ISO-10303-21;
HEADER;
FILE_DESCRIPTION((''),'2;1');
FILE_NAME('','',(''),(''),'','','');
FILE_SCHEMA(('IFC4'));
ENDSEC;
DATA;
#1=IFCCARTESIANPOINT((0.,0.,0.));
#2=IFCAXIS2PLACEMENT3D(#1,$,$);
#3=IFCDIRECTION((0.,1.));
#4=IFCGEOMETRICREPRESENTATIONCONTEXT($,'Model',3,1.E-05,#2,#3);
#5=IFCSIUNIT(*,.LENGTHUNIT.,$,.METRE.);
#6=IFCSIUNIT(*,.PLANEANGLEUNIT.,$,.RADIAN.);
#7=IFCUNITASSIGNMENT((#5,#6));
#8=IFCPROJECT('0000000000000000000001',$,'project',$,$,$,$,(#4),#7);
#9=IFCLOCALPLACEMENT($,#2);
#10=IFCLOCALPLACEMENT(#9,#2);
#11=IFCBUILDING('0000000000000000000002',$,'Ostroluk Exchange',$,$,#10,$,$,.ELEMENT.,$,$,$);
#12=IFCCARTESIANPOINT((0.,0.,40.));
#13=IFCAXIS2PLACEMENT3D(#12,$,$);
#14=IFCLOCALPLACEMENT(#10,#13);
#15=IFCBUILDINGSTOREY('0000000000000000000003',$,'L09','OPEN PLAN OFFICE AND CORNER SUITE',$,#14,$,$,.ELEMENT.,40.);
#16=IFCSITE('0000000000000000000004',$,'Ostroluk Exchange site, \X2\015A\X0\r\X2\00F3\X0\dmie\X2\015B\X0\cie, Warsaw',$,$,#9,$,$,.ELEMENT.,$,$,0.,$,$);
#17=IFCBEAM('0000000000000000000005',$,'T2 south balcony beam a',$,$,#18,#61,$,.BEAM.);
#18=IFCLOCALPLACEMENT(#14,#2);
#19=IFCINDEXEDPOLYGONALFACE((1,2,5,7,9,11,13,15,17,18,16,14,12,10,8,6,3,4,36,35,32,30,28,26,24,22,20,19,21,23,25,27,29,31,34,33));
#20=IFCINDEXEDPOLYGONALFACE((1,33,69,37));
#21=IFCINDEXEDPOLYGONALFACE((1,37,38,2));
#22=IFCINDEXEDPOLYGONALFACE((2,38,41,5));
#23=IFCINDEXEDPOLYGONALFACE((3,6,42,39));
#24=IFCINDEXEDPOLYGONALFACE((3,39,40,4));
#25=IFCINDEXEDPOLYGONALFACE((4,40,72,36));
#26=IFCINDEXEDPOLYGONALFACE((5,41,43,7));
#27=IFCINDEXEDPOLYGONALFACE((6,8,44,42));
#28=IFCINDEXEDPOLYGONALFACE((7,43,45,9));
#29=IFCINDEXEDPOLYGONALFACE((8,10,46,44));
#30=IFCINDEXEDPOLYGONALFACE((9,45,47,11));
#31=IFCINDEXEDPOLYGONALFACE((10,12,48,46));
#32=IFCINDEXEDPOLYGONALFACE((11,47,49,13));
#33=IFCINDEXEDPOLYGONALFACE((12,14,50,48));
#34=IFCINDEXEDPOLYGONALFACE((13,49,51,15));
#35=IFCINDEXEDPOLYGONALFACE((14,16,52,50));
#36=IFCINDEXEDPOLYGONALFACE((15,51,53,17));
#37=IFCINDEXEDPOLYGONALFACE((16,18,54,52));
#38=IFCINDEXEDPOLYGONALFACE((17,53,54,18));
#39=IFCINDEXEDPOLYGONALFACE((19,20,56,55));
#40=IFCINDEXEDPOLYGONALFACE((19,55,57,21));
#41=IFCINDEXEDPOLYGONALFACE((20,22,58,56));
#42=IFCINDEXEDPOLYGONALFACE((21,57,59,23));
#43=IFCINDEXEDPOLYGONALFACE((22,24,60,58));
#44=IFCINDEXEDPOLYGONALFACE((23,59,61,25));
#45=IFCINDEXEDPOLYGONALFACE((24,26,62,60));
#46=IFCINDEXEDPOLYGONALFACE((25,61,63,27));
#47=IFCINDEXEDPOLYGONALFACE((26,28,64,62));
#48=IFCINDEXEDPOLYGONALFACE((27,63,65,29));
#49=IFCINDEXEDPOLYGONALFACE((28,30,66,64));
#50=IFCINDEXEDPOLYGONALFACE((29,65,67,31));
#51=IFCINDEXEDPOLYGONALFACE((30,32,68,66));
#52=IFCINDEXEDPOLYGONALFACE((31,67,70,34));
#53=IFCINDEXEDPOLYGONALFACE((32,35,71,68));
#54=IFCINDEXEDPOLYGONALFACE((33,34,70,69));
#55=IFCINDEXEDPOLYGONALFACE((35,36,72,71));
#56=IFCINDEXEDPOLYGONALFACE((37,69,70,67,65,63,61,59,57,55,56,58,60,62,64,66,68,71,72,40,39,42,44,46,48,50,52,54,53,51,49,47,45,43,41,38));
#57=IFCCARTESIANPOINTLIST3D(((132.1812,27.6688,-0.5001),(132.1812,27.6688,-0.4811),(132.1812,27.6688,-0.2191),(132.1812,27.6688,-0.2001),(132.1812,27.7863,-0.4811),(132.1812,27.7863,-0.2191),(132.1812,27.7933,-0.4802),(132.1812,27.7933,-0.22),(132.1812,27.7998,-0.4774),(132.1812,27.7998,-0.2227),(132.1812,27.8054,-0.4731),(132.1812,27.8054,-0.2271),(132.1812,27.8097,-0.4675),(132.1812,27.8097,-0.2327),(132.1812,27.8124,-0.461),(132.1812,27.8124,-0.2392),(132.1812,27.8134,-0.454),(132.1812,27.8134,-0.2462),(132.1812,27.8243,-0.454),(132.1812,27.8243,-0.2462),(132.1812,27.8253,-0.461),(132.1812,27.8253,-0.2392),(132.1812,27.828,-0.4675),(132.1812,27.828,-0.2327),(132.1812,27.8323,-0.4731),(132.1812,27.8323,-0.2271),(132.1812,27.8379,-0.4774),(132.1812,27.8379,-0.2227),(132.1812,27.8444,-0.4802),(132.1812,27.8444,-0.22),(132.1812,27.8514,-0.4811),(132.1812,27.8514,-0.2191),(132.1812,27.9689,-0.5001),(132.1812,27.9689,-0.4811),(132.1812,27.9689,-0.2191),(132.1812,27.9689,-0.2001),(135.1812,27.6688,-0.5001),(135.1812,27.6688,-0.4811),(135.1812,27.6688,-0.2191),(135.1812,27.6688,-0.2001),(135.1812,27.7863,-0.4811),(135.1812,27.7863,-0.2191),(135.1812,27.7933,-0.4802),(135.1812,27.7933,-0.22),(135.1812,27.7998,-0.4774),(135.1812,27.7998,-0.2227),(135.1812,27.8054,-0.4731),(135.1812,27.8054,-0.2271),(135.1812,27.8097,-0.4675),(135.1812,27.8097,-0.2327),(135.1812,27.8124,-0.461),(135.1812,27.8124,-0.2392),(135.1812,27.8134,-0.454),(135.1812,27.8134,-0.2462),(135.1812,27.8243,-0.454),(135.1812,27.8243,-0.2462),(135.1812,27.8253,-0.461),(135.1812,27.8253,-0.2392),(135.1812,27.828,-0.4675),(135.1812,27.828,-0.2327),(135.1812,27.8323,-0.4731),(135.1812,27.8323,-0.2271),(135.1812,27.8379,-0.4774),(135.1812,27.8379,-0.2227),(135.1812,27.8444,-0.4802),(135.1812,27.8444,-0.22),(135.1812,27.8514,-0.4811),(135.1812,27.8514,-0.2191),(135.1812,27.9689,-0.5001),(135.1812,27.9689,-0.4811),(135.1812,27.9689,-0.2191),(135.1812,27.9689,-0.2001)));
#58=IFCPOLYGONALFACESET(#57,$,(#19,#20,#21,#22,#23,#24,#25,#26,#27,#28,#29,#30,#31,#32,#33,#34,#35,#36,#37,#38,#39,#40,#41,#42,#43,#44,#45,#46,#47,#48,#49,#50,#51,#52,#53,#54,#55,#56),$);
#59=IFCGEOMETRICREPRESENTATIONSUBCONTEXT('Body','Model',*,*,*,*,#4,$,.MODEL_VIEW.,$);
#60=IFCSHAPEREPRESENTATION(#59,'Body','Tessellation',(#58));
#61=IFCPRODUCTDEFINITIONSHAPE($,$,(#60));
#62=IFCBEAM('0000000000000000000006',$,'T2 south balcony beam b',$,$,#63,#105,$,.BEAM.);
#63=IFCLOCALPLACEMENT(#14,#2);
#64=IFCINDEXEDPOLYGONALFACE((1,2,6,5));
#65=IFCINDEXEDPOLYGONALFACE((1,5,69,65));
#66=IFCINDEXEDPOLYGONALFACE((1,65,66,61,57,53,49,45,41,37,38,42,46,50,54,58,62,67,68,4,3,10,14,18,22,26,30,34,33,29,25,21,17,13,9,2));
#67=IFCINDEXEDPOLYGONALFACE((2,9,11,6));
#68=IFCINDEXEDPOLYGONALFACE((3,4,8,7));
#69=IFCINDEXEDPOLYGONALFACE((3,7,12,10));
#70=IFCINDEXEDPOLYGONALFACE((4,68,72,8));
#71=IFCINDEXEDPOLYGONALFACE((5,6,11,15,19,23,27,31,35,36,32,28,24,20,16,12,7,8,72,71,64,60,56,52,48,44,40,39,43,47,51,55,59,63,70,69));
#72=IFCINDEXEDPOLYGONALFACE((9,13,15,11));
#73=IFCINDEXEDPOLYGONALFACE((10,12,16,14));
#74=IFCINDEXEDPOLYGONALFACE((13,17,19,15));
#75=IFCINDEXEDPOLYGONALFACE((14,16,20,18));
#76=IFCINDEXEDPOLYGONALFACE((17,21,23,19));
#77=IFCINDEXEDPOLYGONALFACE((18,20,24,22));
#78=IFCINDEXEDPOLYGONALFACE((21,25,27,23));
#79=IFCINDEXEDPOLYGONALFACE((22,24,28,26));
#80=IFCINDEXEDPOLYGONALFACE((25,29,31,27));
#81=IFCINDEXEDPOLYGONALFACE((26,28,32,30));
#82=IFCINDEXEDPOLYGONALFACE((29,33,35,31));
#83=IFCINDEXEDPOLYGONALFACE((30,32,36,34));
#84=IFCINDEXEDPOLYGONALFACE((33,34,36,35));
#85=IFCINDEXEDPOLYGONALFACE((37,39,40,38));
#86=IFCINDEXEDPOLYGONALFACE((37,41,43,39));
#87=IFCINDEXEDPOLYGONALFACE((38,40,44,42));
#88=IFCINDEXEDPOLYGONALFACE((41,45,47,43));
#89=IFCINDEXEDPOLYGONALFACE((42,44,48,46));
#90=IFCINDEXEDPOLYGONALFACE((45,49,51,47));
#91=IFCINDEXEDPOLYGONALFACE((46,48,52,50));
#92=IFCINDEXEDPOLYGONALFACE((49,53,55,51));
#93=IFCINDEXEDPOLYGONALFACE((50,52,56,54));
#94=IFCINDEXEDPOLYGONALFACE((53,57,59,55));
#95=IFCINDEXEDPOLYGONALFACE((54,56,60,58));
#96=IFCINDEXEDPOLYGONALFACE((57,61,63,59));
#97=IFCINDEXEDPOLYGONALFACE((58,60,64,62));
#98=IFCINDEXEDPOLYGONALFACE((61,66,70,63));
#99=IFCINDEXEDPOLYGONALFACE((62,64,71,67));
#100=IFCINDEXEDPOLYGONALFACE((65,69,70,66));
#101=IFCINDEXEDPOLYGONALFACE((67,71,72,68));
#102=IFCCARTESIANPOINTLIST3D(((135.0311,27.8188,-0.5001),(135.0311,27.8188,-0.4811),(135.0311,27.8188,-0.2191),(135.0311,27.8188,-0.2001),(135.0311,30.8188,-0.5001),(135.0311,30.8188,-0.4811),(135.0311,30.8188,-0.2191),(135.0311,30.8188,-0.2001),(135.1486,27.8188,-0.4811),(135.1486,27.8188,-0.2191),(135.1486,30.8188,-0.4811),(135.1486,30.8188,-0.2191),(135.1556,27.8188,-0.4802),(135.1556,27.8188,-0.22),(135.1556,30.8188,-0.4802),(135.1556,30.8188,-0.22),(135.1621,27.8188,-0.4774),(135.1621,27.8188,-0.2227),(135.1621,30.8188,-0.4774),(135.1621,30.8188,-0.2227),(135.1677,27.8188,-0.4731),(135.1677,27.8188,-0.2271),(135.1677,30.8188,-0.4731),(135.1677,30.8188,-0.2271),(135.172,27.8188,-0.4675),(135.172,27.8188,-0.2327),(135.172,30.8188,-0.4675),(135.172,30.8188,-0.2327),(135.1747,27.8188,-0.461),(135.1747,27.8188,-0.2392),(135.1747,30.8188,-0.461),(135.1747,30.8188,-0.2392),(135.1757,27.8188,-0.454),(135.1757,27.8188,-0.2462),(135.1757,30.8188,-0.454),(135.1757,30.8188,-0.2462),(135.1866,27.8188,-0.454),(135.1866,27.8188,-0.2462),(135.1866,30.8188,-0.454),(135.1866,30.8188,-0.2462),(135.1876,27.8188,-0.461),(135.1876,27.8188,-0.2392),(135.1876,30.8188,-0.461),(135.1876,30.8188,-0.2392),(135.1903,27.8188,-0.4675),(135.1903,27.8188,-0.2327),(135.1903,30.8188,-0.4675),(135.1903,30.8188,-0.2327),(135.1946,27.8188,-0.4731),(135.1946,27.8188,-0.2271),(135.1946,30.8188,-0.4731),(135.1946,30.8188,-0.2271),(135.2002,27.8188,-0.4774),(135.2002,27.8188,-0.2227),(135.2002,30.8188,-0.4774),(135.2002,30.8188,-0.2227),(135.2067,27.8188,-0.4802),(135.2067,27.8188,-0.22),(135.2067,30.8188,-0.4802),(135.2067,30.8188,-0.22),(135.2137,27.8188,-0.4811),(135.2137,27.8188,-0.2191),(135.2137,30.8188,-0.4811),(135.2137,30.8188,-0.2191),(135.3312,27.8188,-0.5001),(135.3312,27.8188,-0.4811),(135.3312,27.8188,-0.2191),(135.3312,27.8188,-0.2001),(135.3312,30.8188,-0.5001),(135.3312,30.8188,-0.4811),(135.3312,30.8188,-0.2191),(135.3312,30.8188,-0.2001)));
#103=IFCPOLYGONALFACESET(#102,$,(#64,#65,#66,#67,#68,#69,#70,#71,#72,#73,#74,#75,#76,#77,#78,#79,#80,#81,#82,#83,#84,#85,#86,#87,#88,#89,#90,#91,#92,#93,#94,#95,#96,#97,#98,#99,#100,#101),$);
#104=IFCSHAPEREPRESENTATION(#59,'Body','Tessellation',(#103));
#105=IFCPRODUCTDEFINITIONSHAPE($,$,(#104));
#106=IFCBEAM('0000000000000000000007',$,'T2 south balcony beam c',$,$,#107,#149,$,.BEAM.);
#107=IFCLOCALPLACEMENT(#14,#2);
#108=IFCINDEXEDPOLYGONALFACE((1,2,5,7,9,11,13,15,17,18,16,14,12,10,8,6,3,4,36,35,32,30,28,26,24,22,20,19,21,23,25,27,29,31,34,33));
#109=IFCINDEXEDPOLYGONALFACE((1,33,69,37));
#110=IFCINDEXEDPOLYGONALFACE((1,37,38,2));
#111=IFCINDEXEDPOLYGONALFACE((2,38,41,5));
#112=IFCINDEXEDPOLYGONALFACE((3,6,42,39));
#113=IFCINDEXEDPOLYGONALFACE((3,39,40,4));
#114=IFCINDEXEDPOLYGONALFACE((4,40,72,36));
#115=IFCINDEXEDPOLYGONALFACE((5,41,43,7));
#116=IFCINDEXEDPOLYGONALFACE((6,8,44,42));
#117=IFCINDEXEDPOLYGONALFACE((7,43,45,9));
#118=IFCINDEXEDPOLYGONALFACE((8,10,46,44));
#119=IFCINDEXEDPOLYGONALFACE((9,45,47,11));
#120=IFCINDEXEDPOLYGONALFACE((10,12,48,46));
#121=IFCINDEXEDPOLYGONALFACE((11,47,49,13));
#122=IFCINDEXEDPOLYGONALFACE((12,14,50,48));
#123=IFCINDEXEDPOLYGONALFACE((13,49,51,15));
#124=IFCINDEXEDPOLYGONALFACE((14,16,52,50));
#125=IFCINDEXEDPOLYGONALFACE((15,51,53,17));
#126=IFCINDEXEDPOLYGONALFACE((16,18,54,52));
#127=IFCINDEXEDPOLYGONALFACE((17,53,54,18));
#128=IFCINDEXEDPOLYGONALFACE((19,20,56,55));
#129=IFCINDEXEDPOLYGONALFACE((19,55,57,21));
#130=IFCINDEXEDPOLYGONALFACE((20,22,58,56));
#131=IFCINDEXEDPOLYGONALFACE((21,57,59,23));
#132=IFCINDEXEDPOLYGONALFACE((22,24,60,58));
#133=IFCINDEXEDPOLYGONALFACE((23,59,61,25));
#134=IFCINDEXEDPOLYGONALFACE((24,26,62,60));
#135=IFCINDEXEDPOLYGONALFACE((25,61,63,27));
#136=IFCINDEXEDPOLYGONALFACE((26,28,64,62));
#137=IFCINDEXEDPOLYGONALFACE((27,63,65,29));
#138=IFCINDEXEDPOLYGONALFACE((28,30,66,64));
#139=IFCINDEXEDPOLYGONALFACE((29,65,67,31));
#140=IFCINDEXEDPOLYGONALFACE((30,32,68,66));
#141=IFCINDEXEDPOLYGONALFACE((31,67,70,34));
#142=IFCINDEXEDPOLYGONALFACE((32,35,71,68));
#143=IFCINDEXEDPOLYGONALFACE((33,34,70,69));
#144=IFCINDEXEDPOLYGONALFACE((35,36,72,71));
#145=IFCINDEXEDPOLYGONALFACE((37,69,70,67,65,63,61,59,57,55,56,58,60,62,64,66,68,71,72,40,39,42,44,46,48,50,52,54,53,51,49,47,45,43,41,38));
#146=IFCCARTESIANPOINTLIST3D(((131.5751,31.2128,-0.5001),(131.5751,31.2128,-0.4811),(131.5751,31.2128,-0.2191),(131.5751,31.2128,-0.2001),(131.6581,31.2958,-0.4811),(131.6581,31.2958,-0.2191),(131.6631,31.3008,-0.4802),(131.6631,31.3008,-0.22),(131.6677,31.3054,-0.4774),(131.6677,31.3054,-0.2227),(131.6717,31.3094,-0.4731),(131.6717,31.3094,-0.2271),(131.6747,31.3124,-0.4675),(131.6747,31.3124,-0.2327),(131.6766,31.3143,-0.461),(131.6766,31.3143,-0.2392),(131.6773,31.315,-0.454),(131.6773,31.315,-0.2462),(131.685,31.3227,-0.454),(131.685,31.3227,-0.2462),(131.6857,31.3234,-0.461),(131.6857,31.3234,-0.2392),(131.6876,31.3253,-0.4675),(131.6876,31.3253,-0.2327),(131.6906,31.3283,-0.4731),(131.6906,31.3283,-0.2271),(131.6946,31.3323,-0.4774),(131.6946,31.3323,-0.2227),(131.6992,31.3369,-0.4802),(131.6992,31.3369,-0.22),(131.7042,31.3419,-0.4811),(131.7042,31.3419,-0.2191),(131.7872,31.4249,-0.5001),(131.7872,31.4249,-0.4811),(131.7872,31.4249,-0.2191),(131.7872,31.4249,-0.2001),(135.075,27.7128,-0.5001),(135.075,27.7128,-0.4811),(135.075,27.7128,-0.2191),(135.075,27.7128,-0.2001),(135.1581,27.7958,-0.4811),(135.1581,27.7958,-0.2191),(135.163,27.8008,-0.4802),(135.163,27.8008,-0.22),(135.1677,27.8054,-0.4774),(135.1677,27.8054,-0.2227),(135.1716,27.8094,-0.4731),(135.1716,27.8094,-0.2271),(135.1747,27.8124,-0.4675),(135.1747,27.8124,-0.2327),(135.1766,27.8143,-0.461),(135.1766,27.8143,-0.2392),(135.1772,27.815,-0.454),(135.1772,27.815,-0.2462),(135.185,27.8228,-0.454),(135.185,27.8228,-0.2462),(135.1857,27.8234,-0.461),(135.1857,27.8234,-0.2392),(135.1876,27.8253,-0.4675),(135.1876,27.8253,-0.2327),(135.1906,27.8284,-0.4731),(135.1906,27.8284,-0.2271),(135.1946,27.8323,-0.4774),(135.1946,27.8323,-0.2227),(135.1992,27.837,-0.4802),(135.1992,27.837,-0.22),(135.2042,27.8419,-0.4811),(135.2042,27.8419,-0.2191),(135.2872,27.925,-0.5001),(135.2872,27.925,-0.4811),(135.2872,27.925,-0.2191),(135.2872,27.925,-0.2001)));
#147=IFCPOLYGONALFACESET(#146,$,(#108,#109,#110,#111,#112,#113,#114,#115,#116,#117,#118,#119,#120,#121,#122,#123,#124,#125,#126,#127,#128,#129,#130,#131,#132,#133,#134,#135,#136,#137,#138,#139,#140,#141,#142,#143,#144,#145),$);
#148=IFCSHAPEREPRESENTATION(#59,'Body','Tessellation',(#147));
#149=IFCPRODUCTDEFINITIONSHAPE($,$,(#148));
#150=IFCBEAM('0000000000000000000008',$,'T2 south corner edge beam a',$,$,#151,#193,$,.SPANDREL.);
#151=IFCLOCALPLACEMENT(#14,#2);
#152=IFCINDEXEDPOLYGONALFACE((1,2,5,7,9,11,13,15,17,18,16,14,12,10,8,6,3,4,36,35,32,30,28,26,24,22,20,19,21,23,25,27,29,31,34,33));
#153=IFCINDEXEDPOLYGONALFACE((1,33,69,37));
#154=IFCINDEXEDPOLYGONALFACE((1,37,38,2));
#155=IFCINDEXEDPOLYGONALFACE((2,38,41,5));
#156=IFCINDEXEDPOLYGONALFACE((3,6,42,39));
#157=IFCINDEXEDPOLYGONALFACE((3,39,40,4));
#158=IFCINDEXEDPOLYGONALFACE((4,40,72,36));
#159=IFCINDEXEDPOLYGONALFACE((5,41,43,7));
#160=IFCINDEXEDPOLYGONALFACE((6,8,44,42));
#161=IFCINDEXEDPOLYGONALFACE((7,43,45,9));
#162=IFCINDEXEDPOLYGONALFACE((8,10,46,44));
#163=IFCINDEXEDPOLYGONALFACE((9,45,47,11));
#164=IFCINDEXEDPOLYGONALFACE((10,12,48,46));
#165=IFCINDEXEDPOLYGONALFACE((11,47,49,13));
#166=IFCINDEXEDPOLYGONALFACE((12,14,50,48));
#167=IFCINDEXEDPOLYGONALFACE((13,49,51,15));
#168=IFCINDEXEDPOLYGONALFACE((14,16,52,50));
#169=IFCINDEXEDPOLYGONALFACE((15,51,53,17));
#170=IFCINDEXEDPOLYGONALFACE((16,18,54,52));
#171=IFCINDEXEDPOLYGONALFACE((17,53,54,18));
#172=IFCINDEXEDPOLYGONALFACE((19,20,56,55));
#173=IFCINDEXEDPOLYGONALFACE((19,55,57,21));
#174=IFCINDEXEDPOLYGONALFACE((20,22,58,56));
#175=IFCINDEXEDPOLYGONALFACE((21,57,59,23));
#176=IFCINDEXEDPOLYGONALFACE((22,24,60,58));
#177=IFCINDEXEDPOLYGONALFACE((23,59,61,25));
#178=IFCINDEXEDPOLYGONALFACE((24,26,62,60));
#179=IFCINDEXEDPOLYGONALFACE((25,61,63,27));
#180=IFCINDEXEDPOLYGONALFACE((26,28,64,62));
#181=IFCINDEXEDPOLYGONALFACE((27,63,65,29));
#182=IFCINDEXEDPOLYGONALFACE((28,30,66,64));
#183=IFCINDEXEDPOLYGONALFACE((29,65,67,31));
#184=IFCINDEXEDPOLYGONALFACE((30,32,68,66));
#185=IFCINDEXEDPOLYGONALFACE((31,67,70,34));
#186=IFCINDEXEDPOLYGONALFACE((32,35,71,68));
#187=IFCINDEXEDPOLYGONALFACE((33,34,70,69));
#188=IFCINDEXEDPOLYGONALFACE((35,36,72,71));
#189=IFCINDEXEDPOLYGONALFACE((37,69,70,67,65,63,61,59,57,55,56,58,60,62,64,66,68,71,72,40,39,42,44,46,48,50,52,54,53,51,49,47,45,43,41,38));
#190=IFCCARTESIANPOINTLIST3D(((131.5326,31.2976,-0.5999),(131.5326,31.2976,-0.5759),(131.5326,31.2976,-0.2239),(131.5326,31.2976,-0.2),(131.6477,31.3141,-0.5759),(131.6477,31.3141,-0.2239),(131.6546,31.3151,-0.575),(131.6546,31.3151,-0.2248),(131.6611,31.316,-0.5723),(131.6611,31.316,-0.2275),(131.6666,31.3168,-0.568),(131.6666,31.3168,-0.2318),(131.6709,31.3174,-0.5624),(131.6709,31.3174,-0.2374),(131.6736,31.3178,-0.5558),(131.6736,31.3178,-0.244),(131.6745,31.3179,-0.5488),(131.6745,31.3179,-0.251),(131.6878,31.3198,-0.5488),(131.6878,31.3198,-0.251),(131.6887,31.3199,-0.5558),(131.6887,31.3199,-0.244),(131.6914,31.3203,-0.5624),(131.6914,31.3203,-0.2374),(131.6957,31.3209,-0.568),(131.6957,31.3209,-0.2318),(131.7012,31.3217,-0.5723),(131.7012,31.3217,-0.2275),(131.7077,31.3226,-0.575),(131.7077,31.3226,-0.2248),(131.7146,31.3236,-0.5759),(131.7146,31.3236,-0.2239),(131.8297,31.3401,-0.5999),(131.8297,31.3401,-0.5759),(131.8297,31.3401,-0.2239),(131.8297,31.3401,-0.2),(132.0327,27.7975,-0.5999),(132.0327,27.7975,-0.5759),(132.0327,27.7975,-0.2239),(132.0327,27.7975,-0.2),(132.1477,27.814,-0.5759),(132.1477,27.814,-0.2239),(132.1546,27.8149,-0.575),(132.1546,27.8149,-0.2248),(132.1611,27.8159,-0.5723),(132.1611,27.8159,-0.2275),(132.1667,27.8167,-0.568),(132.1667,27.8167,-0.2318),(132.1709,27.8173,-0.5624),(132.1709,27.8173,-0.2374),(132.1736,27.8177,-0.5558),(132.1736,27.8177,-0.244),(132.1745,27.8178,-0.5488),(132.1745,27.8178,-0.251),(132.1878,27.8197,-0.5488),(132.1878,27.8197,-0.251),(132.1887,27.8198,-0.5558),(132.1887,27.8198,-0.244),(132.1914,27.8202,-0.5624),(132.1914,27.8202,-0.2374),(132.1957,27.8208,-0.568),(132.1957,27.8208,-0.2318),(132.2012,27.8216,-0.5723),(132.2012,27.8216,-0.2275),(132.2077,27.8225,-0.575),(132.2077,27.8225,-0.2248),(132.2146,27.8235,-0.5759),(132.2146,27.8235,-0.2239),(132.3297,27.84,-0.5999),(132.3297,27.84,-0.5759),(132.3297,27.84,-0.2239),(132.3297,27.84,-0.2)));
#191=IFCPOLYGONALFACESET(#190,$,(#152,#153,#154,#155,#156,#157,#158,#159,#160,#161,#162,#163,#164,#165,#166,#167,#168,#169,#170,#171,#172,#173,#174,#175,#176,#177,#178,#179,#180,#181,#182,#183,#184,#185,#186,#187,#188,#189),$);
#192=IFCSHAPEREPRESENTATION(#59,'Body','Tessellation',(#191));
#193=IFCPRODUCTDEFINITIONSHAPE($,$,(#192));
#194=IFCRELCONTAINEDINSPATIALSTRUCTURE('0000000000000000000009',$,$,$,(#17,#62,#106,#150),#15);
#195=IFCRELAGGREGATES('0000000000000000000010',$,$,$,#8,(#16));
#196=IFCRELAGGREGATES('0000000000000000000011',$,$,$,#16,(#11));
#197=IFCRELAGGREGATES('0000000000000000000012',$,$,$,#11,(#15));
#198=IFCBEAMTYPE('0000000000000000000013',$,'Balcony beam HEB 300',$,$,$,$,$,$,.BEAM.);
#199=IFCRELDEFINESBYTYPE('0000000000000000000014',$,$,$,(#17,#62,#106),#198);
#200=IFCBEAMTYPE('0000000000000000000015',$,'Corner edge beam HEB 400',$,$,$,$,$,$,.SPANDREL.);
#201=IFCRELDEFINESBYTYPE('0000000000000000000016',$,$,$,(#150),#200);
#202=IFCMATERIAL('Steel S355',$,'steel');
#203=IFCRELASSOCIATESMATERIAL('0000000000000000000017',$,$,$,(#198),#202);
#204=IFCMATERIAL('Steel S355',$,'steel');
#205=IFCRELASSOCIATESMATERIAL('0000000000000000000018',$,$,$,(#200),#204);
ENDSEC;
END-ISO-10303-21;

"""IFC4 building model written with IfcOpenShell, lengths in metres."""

from ifc_helpers import new_model, si_unit, direction, frame, origin, origin_2d, place, context, subcontext, project, spatial, i_section, extrude, material, material_profile, profile_set, type_object, element, save


model = new_model("IFC4")

# Units and contexts
model_context = context("Model", 3, precision=1e-05, world=origin(), true_north=direction((0.0, 1.0)))
body_context = subcontext(model_context, "Body", "Model", "MODEL_VIEW")
ifc_project = project(units=[si_unit("LENGTHUNIT", "METRE"), si_unit("PLANEANGLEUNIT", "RADIAN")], contexts=[model_context])

# Site, building, storey
site_placement = place(None, origin())
site = spatial("IfcSite", under=ifc_project, at=site_placement, Name="Ostroluk Exchange site, Śródmieście, Warsaw", CompositionType="ELEMENT", RefElevation=0.0)
building_placement = place(site_placement, origin())
building = spatial("IfcBuilding", under=site, at=building_placement, Name="Ostroluk Exchange", CompositionType="ELEMENT")
storey_placement = place(building_placement, frame((0.0, 0.0, 40.0)))
storey = spatial("IfcBuildingStorey", under=building, at=storey_placement, Name="L09", Description="OPEN PLAN OFFICE AND CORNER SUITE", CompositionType="ELEMENT", Elevation=40.0)

# Beams
ifc_material_1 = material(Name="Steel S355", Category="steel")
ifc_material_profile_1 = material_profile(ifc_material_1, i_section(OverallWidth=0.3, OverallDepth=0.3, WebThickness=0.011, FlangeThickness=0.019, FilletRadius=0.0271, at=origin_2d()), Name="HEB 300")
ifc_profile_set_1 = profile_set([ifc_material_profile_1], Name="Steel S355")
beam_type_1 = type_object("IfcBeamType", Name="Balcony beam HEB 300", PredefinedType="BEAM", material=ifc_profile_set_1)
for number, where, z_axis, x_axis, name in (
    (1, (132.1812, 27.8188, -0.3501), (1.0, 0.0, 0.0), (0.0, 1.0, 0.0), "T2 south balcony beam a"),
    (2, (135.1812, 30.8188, -0.3501), (0.0, -1.0, 0.0), (1.0, 0.0, 0.0), "T2 south balcony beam b"),
):
    element("IfcBeam", number, at=place(storey_placement, frame(where, z_axis=z_axis, x_axis=x_axis)), inside=storey, type_object=beam_type_1, Name=name, PredefinedType="BEAM", context=body_context, shape_type="SweptSolid", body=[
        extrude(i_section(OverallWidth=0.3, OverallDepth=0.3, WebThickness=0.011, FlangeThickness=0.019, FilletRadius=0.0271, at=origin_2d()), origin(), (0.0, 0.0, 1.0), 3.0),
    ])
beam_1_placement = place(storey_placement, frame((131.6812, 31.3188, -0.3501), z_axis=(0.707107, -0.707107, 0.0), x_axis=(0.707107, 0.707107, 0.0)))
element("IfcBeam", 3, at=beam_1_placement, inside=storey, type_object=beam_type_1, Name="T2 south balcony beam c", PredefinedType="BEAM", context=body_context, shape_type="SweptSolid", body=[
    extrude(i_section(OverallWidth=0.3, OverallDepth=0.3, WebThickness=0.011, FlangeThickness=0.019, FilletRadius=0.0271, at=origin_2d()), origin(), (0.0, 0.0, 1.0), 4.9497),
])
ifc_material_2 = material(Name="Steel S355", Category="steel")
ifc_material_profile_2 = material_profile(ifc_material_2, i_section(OverallWidth=0.3, OverallDepth=0.3999, WebThickness=0.0134, FlangeThickness=0.0239, FilletRadius=0.0271, at=origin_2d()), Name="HEB 400")
ifc_profile_set_2 = profile_set([ifc_material_profile_2], Name="Steel S355")
beam_type_2 = type_object("IfcBeamType", Name="Corner edge beam HEB 400", PredefinedType="SPANDREL", material=ifc_profile_set_2)
for number, where, z_axis, x_axis, name in (
    (4, (131.6812, 31.3188, -0.3999), (0.141421, -0.989949, 0.0), (0.989949, 0.141421, 0.0), "T2 south corner edge beam a"),
):
    element("IfcBeam", number, at=place(storey_placement, frame(where, z_axis=z_axis, x_axis=x_axis)), inside=storey, type_object=beam_type_2, Name=name, PredefinedType="SPANDREL", context=body_context, shape_type="SweptSolid", body=[
        extrude(i_section(OverallWidth=0.3, OverallDepth=0.3999, WebThickness=0.0134, FlangeThickness=0.0239, FilletRadius=0.0271, at=origin_2d()), origin(), (0.0, 0.0, 1.0), 3.5356),
    ])

save(model, "model.ifc")
